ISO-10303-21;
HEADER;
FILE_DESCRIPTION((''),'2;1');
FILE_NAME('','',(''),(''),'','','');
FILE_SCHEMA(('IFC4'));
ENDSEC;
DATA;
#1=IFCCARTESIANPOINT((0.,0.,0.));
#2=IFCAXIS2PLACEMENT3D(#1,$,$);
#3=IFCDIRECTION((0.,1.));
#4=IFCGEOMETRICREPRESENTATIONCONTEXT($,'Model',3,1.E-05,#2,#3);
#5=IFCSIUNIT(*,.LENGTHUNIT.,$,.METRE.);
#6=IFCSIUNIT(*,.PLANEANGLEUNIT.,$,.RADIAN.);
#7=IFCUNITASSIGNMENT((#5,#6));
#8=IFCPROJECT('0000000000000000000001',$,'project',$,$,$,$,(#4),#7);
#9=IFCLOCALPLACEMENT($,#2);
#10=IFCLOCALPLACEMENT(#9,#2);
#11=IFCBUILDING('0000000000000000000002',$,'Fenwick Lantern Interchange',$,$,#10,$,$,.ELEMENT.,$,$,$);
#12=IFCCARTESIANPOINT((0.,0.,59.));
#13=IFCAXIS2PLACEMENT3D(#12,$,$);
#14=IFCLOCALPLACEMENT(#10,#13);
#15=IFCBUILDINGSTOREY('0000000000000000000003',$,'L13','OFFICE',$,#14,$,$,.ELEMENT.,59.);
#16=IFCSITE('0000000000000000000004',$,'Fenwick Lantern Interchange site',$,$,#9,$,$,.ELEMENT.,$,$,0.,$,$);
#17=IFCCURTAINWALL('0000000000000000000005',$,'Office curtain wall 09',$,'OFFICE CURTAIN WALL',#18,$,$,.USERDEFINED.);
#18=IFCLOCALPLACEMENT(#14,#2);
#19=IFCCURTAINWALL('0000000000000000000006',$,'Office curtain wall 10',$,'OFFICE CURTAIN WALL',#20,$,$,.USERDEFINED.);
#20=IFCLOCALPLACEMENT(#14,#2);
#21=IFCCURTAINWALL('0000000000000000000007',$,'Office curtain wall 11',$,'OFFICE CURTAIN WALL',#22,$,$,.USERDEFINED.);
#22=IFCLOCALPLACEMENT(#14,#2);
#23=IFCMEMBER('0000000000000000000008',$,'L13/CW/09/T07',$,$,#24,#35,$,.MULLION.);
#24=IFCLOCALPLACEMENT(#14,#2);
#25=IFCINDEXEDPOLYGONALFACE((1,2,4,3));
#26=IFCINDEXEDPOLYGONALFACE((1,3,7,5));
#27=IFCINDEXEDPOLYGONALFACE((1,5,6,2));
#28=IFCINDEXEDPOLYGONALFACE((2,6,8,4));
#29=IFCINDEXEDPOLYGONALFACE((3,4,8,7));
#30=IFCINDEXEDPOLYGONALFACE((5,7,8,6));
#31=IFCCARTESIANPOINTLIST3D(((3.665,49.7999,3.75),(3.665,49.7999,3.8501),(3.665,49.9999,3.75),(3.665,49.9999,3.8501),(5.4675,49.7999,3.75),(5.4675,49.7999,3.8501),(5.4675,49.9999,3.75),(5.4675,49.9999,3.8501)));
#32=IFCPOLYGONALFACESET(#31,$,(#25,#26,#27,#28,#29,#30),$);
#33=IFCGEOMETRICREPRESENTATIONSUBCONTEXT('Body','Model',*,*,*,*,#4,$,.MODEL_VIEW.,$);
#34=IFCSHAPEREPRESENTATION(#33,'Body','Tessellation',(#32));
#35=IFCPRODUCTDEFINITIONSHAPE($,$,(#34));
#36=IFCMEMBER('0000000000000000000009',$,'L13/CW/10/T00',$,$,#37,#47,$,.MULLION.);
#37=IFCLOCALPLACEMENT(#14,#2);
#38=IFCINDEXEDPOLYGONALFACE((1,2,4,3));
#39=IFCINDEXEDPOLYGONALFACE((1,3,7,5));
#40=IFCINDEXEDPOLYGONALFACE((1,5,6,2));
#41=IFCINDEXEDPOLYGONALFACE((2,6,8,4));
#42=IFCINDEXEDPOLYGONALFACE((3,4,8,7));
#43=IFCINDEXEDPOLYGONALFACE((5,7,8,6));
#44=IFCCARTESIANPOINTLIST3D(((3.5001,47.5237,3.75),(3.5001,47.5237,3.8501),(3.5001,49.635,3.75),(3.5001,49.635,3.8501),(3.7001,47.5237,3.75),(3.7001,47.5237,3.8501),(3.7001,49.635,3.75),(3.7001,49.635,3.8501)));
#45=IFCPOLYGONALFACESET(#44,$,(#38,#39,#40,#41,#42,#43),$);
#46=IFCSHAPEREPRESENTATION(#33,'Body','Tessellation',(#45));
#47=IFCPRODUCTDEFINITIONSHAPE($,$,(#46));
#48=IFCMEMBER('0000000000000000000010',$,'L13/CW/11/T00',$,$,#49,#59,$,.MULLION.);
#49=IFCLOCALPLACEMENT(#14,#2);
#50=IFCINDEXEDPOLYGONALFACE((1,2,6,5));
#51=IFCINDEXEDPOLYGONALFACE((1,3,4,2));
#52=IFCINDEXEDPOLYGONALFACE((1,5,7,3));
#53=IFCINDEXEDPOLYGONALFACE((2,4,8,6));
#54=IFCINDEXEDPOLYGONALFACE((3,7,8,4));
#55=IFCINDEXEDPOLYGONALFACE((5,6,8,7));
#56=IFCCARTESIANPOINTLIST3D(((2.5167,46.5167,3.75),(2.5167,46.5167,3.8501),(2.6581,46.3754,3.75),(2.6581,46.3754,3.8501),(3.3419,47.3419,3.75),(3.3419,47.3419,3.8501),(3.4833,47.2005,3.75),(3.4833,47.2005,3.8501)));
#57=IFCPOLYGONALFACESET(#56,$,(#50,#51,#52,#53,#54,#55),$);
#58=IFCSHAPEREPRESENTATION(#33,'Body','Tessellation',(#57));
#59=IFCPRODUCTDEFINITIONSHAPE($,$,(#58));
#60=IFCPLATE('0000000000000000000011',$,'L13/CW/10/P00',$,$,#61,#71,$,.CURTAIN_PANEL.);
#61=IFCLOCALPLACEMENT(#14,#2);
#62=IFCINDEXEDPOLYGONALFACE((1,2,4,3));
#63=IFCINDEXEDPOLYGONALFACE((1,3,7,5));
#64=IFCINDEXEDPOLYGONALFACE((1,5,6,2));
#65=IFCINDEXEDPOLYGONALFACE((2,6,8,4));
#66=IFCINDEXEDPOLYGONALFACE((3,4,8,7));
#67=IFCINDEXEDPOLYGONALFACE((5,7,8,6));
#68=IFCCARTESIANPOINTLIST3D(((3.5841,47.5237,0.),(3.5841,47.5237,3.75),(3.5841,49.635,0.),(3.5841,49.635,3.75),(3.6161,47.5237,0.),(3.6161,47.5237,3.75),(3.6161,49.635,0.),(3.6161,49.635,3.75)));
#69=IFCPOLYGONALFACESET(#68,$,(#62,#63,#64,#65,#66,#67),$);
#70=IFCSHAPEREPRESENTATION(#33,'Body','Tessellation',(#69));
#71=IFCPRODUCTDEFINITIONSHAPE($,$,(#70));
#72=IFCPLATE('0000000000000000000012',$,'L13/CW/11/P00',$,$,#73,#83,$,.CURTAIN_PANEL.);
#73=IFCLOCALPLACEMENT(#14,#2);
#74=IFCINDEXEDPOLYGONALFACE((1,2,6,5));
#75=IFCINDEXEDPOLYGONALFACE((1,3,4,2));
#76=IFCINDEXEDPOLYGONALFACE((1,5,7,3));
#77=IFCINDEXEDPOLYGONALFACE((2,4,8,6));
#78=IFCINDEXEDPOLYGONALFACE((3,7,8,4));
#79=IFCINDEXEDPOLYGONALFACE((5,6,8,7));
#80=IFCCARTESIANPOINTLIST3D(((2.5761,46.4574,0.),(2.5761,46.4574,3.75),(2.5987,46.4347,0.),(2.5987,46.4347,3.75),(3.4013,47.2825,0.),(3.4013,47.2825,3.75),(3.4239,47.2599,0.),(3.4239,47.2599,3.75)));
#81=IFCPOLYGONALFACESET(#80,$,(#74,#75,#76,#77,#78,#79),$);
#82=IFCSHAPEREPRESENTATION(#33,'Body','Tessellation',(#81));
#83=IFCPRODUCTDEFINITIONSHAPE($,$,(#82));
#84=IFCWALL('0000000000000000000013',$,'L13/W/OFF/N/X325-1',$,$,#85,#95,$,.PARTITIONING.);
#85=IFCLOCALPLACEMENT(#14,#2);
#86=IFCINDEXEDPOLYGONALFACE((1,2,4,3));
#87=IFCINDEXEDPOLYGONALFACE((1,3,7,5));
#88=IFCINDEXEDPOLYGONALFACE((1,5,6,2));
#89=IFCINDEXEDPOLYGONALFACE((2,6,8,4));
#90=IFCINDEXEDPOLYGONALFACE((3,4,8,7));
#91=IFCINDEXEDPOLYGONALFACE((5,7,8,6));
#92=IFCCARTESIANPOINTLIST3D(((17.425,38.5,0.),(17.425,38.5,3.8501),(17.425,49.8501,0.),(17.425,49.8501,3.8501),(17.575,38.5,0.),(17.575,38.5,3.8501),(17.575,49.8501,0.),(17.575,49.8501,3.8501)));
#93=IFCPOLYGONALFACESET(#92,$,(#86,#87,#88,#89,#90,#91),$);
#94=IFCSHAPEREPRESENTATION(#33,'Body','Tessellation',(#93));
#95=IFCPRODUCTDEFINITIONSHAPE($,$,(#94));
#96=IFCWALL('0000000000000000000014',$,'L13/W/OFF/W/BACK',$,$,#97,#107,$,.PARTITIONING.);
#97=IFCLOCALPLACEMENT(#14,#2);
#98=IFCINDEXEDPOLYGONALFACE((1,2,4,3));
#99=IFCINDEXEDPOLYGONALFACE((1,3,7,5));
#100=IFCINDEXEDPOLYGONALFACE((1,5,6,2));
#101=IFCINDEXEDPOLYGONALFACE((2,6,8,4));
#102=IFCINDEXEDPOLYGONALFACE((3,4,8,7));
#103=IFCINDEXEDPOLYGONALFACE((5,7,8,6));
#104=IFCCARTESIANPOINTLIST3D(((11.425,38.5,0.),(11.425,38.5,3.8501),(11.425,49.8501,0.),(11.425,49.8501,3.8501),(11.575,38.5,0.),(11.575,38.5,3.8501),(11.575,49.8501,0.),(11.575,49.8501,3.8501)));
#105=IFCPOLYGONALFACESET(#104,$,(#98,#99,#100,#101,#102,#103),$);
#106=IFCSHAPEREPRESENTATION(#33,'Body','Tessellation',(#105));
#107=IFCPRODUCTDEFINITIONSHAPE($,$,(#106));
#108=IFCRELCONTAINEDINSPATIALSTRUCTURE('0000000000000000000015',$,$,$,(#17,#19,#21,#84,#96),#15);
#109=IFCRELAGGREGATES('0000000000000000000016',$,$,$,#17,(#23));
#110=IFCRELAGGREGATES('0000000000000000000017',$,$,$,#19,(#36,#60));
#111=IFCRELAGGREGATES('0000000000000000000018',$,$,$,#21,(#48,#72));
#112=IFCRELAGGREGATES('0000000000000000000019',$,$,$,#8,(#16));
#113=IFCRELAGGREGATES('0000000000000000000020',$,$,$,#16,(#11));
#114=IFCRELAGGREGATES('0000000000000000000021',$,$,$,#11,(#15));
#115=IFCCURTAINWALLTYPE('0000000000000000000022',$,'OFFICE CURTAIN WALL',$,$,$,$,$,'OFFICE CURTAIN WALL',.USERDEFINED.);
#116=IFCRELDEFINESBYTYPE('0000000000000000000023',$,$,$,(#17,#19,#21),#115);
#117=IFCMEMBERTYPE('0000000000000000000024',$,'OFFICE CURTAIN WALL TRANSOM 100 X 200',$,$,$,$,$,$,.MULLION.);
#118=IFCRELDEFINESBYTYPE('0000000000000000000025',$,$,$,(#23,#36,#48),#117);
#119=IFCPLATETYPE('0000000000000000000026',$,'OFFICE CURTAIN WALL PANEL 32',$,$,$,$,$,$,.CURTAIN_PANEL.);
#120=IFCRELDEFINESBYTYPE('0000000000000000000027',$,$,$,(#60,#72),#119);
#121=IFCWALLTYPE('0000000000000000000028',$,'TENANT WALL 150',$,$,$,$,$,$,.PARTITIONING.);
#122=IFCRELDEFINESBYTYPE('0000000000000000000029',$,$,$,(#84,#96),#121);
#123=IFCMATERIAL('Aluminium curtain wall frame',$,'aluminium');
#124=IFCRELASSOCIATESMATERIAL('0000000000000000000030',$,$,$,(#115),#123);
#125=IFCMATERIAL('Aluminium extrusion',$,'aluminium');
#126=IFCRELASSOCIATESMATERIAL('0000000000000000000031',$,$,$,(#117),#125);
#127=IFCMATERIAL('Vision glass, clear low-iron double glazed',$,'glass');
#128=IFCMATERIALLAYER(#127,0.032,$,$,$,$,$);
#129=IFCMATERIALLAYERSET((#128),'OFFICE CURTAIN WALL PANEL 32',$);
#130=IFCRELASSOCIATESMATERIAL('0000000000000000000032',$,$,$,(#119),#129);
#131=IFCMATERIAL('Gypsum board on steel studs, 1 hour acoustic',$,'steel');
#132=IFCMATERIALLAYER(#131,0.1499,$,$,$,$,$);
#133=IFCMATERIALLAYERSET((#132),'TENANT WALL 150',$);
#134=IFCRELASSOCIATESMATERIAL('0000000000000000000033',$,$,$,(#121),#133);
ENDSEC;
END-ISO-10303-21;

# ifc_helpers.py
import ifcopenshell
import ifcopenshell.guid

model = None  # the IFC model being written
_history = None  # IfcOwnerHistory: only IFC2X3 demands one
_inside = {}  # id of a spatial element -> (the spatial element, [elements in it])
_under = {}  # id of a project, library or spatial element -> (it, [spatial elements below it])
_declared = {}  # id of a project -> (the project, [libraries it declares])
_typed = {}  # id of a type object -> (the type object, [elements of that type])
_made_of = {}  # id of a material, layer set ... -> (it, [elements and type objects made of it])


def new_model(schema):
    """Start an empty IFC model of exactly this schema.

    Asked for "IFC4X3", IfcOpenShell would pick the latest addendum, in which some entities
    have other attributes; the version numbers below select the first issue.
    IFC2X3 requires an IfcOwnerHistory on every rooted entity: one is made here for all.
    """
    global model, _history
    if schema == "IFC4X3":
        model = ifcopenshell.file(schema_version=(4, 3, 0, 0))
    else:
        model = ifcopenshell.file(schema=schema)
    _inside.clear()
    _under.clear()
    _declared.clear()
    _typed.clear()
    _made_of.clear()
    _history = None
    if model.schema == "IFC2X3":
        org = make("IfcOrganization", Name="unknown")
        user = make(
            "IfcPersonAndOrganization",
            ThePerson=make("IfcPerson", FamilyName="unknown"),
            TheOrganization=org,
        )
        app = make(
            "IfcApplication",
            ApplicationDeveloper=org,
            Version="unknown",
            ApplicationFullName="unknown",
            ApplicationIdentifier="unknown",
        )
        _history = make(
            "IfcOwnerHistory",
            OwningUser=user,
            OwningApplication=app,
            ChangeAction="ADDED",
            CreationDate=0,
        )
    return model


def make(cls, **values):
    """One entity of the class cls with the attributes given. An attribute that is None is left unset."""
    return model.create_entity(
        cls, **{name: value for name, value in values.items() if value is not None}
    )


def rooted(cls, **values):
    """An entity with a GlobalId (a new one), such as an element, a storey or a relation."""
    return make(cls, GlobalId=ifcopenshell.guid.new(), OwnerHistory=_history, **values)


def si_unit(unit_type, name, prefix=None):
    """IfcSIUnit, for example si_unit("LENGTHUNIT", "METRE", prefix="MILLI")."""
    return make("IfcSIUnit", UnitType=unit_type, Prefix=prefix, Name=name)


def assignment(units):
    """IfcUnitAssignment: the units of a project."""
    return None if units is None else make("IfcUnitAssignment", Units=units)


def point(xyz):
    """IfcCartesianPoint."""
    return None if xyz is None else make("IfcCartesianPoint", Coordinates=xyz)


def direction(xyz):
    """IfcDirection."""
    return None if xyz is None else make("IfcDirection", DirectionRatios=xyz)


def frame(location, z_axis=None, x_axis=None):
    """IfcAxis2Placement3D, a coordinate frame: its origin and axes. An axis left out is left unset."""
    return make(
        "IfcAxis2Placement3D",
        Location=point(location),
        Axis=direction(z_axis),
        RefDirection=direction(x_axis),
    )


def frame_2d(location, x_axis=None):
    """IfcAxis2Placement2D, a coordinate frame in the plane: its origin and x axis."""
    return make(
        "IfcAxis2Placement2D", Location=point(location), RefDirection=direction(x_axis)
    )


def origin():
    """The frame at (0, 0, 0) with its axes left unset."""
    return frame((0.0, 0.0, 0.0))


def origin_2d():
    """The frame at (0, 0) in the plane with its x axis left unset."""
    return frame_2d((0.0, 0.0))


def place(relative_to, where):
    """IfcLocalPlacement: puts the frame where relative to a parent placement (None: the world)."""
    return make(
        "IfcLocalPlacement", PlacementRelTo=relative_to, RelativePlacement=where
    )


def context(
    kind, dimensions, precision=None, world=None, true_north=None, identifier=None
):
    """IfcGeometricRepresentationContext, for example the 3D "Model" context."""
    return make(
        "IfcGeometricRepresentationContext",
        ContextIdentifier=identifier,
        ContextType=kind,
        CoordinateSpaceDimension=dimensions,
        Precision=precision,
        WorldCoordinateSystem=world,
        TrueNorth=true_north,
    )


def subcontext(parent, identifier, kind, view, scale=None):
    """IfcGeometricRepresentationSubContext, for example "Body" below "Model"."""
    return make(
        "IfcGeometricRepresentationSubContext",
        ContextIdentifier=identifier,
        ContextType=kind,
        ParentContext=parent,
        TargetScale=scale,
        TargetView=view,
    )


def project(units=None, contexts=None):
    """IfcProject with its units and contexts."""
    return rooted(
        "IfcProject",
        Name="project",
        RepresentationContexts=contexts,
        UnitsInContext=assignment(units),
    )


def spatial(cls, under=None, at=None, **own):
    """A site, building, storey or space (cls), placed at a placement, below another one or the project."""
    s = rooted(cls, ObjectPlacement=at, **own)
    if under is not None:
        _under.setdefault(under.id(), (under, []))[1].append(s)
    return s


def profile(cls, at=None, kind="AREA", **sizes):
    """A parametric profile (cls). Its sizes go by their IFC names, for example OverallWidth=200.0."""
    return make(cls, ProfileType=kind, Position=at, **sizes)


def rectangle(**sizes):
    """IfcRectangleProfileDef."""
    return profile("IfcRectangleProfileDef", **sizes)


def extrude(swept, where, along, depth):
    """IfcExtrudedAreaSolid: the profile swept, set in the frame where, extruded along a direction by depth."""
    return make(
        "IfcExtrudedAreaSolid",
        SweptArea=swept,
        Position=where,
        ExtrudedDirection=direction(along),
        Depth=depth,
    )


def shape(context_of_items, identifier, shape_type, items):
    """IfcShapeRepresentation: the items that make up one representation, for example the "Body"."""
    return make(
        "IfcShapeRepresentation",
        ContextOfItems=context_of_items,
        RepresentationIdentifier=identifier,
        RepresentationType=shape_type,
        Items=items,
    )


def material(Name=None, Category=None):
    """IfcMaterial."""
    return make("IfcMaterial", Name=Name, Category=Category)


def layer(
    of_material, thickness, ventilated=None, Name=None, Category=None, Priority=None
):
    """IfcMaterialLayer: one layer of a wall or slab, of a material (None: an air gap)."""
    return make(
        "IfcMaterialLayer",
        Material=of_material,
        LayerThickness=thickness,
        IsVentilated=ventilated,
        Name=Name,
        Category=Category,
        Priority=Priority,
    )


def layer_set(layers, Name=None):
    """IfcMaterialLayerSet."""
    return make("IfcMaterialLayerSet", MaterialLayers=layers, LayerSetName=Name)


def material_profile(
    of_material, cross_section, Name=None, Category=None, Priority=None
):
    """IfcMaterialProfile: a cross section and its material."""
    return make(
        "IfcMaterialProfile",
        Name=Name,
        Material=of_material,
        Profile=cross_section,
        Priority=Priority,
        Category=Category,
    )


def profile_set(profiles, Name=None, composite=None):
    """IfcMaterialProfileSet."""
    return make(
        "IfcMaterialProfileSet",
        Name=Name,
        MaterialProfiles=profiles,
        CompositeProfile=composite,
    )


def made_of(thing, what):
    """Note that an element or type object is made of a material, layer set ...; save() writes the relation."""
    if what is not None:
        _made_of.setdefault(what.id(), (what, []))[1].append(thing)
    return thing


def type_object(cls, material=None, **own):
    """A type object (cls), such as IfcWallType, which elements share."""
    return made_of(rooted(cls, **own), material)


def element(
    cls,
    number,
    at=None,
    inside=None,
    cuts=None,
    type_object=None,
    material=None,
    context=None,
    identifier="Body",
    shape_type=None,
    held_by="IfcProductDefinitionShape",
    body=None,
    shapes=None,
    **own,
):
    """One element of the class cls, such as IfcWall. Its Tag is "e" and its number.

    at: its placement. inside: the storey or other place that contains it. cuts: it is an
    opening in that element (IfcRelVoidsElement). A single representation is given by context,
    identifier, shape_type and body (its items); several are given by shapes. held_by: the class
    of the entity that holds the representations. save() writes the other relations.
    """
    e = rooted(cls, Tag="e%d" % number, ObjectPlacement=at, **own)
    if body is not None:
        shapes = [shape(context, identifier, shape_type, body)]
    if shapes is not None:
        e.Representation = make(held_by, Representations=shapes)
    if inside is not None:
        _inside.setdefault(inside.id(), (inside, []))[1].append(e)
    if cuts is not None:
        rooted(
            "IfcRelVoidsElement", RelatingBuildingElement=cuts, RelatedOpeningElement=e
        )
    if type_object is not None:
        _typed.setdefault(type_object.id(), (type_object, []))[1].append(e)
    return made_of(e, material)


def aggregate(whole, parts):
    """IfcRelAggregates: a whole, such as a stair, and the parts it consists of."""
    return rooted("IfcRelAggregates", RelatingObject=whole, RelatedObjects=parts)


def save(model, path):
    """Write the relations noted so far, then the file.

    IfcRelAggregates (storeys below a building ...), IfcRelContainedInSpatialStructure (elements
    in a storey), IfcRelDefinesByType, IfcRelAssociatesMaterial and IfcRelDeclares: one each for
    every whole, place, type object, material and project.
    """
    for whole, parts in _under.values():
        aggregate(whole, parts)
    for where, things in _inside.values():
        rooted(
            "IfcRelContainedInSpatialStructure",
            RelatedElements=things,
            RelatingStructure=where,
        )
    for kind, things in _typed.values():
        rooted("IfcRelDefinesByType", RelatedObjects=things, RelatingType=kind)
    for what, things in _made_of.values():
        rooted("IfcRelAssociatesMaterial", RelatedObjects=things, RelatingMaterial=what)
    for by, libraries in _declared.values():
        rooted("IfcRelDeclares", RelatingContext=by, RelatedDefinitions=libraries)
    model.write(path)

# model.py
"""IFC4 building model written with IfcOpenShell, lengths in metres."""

from ifc_helpers import new_model, si_unit, direction, frame, frame_2d, origin, origin_2d, place, context, subcontext, project, spatial, rectangle, extrude, material, layer, layer_set, material_profile, profile_set, type_object, element, aggregate, save


model = new_model("IFC4")

# Units and contexts
model_context = context("Model", 3, precision=1e-05, world=origin(), true_north=direction((0.0, 1.0)))
body_context = subcontext(model_context, "Body", "Model", "MODEL_VIEW")
ifc_project = project(units=[si_unit("LENGTHUNIT", "METRE"), si_unit("PLANEANGLEUNIT", "RADIAN")], contexts=[model_context])

# Site, building, storey
site_placement = place(None, origin())
site = spatial("IfcSite", under=ifc_project, at=site_placement, Name="Fenwick Lantern Interchange site", CompositionType="ELEMENT", RefElevation=0.0)
building_placement = place(site_placement, origin())
building = spatial("IfcBuilding", under=site, at=building_placement, Name="Fenwick Lantern Interchange", CompositionType="ELEMENT")
storey_placement = place(building_placement, frame((0.0, 0.0, 59.0)))
storey = spatial("IfcBuildingStorey", under=building, at=storey_placement, Name="L13", Description="OFFICE", CompositionType="ELEMENT", Elevation=59.0)

# Curtain walls
ifc_material_1 = material(Name="Aluminium curtain wall frame", Category="aluminium")
curtain_wall_type = type_object("IfcCurtainWallType", Name="OFFICE CURTAIN WALL", ElementType="OFFICE CURTAIN WALL", PredefinedType="USERDEFINED", material=ifc_material_1)
curtain_wall_1_placement = place(storey_placement, origin())
curtain_wall_1 = element("IfcCurtainWall", 1, at=curtain_wall_1_placement, inside=storey, type_object=curtain_wall_type, Name="Office curtain wall 09", ObjectType="OFFICE CURTAIN WALL", PredefinedType="USERDEFINED")
ifc_material_2 = material(Name="Aluminium extrusion", Category="aluminium")
curtain_wall_2_placement = place(storey_placement, origin())
curtain_wall_2 = element("IfcCurtainWall", 2, at=curtain_wall_2_placement, inside=storey, type_object=curtain_wall_type, Name="Office curtain wall 10", ObjectType="OFFICE CURTAIN WALL", PredefinedType="USERDEFINED")

# Curtain wall
curtain_wall_3_placement = place(storey_placement, origin())
curtain_wall_3 = element("IfcCurtainWall", 3, at=curtain_wall_3_placement, inside=storey, type_object=curtain_wall_type, Name="Office curtain wall 11", ObjectType="OFFICE CURTAIN WALL", PredefinedType="USERDEFINED")

# Members
ifc_material_profile_1 = material_profile(ifc_material_2, rectangle(XDim=0.2, YDim=0.1001, at=origin_2d()), Name="OFFICE CURTAIN WALL TRANSOM 100 X 200")
ifc_profile_set_1 = profile_set([ifc_material_profile_1], Name="Aluminium extrusion")
member_type_1 = type_object("IfcMemberType", Name="OFFICE CURTAIN WALL TRANSOM 100 X 200", PredefinedType="MULLION", material=ifc_profile_set_1)
member_1_placement = place(storey_placement, frame((5.4675, 49.8999, 3.8), z_axis=(-1.0, 0.0, 0.0), x_axis=(0.0, -1.0, 0.0)))
member_1 = element("IfcMember", 4, at=member_1_placement, type_object=member_type_1, Name="L13/CW/09/T07", PredefinedType="MULLION", context=body_context, shape_type="SweptSolid", body=[
    extrude(rectangle(XDim=0.2, YDim=0.1001, at=origin_2d()), origin(), (0.0, 0.0, 1.0), 1.8025),
])
aggregate(curtain_wall_1, [member_1])
member_2_placement = place(storey_placement, frame((3.6001, 49.635, 3.8), z_axis=(0.0, -1.0, 0.0), x_axis=(1.0, 0.0, 0.0)))
member_2 = element("IfcMember", 5, at=member_2_placement, type_object=member_type_1, Name="L13/CW/10/T00", PredefinedType="MULLION", context=body_context, shape_type="SweptSolid", body=[
    extrude(rectangle(XDim=0.2, YDim=0.1001, at=origin_2d()), origin(), (0.0, 0.0, 1.0), 2.1113),
])
member_3_placement = place(storey_placement, frame((3.4126, 47.2712, 3.8), z_axis=(-0.707107, -0.707107, 0.0), x_axis=(0.707107, -0.707107, 0.0)))
member_3 = element("IfcMember", 6, at=member_3_placement, type_object=member_type_1, Name="L13/CW/11/T00", PredefinedType="MULLION", context=body_context, shape_type="SweptSolid", body=[
    extrude(rectangle(XDim=0.2, YDim=0.1001, at=origin_2d()), origin(), (0.0, 0.0, 1.0), 1.167),
])

# Plates
ifc_material_3 = material(Name="Vision glass, clear low-iron double glazed", Category="glass")
ifc_layer_1 = layer(ifc_material_3, 0.032)
ifc_layer_set_1 = layer_set([ifc_layer_1], Name="OFFICE CURTAIN WALL PANEL 32")
plate_type = type_object("IfcPlateType", Name="OFFICE CURTAIN WALL PANEL 32", PredefinedType="CURTAIN_PANEL", material=ifc_layer_set_1)
plate_1_placement = place(storey_placement, frame((3.6001, 48.5793, 0.0), z_axis=(0.0, 0.0, 1.0), x_axis=(0.0, -1.0, 0.0)))
plate_1 = element("IfcPlate", 7, at=plate_1_placement, type_object=plate_type, Name="L13/CW/10/P00", PredefinedType="CURTAIN_PANEL", context=body_context, shape_type="SweptSolid", body=[
    extrude(rectangle(XDim=2.1113, YDim=0.032, at=origin_2d()), origin(), (0.0, 0.0, 1.0), 3.75),
])
aggregate(curtain_wall_2, [member_2, plate_1])
plate_2_placement = place(storey_placement, frame((3.0, 46.8586, 0.0), z_axis=(0.0, 0.0, 1.0), x_axis=(-0.707107, -0.707107, 0.0)))
plate_2 = element("IfcPlate", 8, at=plate_2_placement, type_object=plate_type, Name="L13/CW/11/P00", PredefinedType="CURTAIN_PANEL", context=body_context, shape_type="SweptSolid", body=[
    extrude(rectangle(XDim=1.167, YDim=0.032, at=origin_2d()), origin(), (0.0, 0.0, 1.0), 3.75),
])
aggregate(curtain_wall_3, [member_3, plate_2])

# Walls
ifc_material_4 = material(Name="Gypsum board on steel studs, 1 hour acoustic", Category="steel")
ifc_layer_2 = layer(ifc_material_4, 0.1499)
ifc_layer_set_2 = layer_set([ifc_layer_2], Name="TENANT WALL 150")
wall_type = type_object("IfcWallType", Name="TENANT WALL 150", PredefinedType="PARTITIONING", material=ifc_layer_set_2)
for number, where, z_axis, x_axis, name in (
    (9, (17.5, 49.8501, 0.0), (0.0, 0.0, 1.0), (0.0, -1.0, 0.0), "L13/W/OFF/N/X325-1"),
    (10, (11.5, 49.8501, 0.0), (0.0, 0.0, 1.0), (0.0, -1.0, 0.0), "L13/W/OFF/W/BACK"),
):
    element("IfcWall", number, at=place(storey_placement, frame(where, z_axis=z_axis, x_axis=x_axis)), inside=storey, type_object=wall_type, Name=name, PredefinedType="PARTITIONING", context=body_context, shape_type="SweptSolid", body=[
        extrude(rectangle(XDim=11.3501, YDim=0.1499, at=frame_2d((5.675, 0.0))), origin(), (0.0, 0.0, 1.0), 3.8501),
    ])

save(model, "model.ifc")
